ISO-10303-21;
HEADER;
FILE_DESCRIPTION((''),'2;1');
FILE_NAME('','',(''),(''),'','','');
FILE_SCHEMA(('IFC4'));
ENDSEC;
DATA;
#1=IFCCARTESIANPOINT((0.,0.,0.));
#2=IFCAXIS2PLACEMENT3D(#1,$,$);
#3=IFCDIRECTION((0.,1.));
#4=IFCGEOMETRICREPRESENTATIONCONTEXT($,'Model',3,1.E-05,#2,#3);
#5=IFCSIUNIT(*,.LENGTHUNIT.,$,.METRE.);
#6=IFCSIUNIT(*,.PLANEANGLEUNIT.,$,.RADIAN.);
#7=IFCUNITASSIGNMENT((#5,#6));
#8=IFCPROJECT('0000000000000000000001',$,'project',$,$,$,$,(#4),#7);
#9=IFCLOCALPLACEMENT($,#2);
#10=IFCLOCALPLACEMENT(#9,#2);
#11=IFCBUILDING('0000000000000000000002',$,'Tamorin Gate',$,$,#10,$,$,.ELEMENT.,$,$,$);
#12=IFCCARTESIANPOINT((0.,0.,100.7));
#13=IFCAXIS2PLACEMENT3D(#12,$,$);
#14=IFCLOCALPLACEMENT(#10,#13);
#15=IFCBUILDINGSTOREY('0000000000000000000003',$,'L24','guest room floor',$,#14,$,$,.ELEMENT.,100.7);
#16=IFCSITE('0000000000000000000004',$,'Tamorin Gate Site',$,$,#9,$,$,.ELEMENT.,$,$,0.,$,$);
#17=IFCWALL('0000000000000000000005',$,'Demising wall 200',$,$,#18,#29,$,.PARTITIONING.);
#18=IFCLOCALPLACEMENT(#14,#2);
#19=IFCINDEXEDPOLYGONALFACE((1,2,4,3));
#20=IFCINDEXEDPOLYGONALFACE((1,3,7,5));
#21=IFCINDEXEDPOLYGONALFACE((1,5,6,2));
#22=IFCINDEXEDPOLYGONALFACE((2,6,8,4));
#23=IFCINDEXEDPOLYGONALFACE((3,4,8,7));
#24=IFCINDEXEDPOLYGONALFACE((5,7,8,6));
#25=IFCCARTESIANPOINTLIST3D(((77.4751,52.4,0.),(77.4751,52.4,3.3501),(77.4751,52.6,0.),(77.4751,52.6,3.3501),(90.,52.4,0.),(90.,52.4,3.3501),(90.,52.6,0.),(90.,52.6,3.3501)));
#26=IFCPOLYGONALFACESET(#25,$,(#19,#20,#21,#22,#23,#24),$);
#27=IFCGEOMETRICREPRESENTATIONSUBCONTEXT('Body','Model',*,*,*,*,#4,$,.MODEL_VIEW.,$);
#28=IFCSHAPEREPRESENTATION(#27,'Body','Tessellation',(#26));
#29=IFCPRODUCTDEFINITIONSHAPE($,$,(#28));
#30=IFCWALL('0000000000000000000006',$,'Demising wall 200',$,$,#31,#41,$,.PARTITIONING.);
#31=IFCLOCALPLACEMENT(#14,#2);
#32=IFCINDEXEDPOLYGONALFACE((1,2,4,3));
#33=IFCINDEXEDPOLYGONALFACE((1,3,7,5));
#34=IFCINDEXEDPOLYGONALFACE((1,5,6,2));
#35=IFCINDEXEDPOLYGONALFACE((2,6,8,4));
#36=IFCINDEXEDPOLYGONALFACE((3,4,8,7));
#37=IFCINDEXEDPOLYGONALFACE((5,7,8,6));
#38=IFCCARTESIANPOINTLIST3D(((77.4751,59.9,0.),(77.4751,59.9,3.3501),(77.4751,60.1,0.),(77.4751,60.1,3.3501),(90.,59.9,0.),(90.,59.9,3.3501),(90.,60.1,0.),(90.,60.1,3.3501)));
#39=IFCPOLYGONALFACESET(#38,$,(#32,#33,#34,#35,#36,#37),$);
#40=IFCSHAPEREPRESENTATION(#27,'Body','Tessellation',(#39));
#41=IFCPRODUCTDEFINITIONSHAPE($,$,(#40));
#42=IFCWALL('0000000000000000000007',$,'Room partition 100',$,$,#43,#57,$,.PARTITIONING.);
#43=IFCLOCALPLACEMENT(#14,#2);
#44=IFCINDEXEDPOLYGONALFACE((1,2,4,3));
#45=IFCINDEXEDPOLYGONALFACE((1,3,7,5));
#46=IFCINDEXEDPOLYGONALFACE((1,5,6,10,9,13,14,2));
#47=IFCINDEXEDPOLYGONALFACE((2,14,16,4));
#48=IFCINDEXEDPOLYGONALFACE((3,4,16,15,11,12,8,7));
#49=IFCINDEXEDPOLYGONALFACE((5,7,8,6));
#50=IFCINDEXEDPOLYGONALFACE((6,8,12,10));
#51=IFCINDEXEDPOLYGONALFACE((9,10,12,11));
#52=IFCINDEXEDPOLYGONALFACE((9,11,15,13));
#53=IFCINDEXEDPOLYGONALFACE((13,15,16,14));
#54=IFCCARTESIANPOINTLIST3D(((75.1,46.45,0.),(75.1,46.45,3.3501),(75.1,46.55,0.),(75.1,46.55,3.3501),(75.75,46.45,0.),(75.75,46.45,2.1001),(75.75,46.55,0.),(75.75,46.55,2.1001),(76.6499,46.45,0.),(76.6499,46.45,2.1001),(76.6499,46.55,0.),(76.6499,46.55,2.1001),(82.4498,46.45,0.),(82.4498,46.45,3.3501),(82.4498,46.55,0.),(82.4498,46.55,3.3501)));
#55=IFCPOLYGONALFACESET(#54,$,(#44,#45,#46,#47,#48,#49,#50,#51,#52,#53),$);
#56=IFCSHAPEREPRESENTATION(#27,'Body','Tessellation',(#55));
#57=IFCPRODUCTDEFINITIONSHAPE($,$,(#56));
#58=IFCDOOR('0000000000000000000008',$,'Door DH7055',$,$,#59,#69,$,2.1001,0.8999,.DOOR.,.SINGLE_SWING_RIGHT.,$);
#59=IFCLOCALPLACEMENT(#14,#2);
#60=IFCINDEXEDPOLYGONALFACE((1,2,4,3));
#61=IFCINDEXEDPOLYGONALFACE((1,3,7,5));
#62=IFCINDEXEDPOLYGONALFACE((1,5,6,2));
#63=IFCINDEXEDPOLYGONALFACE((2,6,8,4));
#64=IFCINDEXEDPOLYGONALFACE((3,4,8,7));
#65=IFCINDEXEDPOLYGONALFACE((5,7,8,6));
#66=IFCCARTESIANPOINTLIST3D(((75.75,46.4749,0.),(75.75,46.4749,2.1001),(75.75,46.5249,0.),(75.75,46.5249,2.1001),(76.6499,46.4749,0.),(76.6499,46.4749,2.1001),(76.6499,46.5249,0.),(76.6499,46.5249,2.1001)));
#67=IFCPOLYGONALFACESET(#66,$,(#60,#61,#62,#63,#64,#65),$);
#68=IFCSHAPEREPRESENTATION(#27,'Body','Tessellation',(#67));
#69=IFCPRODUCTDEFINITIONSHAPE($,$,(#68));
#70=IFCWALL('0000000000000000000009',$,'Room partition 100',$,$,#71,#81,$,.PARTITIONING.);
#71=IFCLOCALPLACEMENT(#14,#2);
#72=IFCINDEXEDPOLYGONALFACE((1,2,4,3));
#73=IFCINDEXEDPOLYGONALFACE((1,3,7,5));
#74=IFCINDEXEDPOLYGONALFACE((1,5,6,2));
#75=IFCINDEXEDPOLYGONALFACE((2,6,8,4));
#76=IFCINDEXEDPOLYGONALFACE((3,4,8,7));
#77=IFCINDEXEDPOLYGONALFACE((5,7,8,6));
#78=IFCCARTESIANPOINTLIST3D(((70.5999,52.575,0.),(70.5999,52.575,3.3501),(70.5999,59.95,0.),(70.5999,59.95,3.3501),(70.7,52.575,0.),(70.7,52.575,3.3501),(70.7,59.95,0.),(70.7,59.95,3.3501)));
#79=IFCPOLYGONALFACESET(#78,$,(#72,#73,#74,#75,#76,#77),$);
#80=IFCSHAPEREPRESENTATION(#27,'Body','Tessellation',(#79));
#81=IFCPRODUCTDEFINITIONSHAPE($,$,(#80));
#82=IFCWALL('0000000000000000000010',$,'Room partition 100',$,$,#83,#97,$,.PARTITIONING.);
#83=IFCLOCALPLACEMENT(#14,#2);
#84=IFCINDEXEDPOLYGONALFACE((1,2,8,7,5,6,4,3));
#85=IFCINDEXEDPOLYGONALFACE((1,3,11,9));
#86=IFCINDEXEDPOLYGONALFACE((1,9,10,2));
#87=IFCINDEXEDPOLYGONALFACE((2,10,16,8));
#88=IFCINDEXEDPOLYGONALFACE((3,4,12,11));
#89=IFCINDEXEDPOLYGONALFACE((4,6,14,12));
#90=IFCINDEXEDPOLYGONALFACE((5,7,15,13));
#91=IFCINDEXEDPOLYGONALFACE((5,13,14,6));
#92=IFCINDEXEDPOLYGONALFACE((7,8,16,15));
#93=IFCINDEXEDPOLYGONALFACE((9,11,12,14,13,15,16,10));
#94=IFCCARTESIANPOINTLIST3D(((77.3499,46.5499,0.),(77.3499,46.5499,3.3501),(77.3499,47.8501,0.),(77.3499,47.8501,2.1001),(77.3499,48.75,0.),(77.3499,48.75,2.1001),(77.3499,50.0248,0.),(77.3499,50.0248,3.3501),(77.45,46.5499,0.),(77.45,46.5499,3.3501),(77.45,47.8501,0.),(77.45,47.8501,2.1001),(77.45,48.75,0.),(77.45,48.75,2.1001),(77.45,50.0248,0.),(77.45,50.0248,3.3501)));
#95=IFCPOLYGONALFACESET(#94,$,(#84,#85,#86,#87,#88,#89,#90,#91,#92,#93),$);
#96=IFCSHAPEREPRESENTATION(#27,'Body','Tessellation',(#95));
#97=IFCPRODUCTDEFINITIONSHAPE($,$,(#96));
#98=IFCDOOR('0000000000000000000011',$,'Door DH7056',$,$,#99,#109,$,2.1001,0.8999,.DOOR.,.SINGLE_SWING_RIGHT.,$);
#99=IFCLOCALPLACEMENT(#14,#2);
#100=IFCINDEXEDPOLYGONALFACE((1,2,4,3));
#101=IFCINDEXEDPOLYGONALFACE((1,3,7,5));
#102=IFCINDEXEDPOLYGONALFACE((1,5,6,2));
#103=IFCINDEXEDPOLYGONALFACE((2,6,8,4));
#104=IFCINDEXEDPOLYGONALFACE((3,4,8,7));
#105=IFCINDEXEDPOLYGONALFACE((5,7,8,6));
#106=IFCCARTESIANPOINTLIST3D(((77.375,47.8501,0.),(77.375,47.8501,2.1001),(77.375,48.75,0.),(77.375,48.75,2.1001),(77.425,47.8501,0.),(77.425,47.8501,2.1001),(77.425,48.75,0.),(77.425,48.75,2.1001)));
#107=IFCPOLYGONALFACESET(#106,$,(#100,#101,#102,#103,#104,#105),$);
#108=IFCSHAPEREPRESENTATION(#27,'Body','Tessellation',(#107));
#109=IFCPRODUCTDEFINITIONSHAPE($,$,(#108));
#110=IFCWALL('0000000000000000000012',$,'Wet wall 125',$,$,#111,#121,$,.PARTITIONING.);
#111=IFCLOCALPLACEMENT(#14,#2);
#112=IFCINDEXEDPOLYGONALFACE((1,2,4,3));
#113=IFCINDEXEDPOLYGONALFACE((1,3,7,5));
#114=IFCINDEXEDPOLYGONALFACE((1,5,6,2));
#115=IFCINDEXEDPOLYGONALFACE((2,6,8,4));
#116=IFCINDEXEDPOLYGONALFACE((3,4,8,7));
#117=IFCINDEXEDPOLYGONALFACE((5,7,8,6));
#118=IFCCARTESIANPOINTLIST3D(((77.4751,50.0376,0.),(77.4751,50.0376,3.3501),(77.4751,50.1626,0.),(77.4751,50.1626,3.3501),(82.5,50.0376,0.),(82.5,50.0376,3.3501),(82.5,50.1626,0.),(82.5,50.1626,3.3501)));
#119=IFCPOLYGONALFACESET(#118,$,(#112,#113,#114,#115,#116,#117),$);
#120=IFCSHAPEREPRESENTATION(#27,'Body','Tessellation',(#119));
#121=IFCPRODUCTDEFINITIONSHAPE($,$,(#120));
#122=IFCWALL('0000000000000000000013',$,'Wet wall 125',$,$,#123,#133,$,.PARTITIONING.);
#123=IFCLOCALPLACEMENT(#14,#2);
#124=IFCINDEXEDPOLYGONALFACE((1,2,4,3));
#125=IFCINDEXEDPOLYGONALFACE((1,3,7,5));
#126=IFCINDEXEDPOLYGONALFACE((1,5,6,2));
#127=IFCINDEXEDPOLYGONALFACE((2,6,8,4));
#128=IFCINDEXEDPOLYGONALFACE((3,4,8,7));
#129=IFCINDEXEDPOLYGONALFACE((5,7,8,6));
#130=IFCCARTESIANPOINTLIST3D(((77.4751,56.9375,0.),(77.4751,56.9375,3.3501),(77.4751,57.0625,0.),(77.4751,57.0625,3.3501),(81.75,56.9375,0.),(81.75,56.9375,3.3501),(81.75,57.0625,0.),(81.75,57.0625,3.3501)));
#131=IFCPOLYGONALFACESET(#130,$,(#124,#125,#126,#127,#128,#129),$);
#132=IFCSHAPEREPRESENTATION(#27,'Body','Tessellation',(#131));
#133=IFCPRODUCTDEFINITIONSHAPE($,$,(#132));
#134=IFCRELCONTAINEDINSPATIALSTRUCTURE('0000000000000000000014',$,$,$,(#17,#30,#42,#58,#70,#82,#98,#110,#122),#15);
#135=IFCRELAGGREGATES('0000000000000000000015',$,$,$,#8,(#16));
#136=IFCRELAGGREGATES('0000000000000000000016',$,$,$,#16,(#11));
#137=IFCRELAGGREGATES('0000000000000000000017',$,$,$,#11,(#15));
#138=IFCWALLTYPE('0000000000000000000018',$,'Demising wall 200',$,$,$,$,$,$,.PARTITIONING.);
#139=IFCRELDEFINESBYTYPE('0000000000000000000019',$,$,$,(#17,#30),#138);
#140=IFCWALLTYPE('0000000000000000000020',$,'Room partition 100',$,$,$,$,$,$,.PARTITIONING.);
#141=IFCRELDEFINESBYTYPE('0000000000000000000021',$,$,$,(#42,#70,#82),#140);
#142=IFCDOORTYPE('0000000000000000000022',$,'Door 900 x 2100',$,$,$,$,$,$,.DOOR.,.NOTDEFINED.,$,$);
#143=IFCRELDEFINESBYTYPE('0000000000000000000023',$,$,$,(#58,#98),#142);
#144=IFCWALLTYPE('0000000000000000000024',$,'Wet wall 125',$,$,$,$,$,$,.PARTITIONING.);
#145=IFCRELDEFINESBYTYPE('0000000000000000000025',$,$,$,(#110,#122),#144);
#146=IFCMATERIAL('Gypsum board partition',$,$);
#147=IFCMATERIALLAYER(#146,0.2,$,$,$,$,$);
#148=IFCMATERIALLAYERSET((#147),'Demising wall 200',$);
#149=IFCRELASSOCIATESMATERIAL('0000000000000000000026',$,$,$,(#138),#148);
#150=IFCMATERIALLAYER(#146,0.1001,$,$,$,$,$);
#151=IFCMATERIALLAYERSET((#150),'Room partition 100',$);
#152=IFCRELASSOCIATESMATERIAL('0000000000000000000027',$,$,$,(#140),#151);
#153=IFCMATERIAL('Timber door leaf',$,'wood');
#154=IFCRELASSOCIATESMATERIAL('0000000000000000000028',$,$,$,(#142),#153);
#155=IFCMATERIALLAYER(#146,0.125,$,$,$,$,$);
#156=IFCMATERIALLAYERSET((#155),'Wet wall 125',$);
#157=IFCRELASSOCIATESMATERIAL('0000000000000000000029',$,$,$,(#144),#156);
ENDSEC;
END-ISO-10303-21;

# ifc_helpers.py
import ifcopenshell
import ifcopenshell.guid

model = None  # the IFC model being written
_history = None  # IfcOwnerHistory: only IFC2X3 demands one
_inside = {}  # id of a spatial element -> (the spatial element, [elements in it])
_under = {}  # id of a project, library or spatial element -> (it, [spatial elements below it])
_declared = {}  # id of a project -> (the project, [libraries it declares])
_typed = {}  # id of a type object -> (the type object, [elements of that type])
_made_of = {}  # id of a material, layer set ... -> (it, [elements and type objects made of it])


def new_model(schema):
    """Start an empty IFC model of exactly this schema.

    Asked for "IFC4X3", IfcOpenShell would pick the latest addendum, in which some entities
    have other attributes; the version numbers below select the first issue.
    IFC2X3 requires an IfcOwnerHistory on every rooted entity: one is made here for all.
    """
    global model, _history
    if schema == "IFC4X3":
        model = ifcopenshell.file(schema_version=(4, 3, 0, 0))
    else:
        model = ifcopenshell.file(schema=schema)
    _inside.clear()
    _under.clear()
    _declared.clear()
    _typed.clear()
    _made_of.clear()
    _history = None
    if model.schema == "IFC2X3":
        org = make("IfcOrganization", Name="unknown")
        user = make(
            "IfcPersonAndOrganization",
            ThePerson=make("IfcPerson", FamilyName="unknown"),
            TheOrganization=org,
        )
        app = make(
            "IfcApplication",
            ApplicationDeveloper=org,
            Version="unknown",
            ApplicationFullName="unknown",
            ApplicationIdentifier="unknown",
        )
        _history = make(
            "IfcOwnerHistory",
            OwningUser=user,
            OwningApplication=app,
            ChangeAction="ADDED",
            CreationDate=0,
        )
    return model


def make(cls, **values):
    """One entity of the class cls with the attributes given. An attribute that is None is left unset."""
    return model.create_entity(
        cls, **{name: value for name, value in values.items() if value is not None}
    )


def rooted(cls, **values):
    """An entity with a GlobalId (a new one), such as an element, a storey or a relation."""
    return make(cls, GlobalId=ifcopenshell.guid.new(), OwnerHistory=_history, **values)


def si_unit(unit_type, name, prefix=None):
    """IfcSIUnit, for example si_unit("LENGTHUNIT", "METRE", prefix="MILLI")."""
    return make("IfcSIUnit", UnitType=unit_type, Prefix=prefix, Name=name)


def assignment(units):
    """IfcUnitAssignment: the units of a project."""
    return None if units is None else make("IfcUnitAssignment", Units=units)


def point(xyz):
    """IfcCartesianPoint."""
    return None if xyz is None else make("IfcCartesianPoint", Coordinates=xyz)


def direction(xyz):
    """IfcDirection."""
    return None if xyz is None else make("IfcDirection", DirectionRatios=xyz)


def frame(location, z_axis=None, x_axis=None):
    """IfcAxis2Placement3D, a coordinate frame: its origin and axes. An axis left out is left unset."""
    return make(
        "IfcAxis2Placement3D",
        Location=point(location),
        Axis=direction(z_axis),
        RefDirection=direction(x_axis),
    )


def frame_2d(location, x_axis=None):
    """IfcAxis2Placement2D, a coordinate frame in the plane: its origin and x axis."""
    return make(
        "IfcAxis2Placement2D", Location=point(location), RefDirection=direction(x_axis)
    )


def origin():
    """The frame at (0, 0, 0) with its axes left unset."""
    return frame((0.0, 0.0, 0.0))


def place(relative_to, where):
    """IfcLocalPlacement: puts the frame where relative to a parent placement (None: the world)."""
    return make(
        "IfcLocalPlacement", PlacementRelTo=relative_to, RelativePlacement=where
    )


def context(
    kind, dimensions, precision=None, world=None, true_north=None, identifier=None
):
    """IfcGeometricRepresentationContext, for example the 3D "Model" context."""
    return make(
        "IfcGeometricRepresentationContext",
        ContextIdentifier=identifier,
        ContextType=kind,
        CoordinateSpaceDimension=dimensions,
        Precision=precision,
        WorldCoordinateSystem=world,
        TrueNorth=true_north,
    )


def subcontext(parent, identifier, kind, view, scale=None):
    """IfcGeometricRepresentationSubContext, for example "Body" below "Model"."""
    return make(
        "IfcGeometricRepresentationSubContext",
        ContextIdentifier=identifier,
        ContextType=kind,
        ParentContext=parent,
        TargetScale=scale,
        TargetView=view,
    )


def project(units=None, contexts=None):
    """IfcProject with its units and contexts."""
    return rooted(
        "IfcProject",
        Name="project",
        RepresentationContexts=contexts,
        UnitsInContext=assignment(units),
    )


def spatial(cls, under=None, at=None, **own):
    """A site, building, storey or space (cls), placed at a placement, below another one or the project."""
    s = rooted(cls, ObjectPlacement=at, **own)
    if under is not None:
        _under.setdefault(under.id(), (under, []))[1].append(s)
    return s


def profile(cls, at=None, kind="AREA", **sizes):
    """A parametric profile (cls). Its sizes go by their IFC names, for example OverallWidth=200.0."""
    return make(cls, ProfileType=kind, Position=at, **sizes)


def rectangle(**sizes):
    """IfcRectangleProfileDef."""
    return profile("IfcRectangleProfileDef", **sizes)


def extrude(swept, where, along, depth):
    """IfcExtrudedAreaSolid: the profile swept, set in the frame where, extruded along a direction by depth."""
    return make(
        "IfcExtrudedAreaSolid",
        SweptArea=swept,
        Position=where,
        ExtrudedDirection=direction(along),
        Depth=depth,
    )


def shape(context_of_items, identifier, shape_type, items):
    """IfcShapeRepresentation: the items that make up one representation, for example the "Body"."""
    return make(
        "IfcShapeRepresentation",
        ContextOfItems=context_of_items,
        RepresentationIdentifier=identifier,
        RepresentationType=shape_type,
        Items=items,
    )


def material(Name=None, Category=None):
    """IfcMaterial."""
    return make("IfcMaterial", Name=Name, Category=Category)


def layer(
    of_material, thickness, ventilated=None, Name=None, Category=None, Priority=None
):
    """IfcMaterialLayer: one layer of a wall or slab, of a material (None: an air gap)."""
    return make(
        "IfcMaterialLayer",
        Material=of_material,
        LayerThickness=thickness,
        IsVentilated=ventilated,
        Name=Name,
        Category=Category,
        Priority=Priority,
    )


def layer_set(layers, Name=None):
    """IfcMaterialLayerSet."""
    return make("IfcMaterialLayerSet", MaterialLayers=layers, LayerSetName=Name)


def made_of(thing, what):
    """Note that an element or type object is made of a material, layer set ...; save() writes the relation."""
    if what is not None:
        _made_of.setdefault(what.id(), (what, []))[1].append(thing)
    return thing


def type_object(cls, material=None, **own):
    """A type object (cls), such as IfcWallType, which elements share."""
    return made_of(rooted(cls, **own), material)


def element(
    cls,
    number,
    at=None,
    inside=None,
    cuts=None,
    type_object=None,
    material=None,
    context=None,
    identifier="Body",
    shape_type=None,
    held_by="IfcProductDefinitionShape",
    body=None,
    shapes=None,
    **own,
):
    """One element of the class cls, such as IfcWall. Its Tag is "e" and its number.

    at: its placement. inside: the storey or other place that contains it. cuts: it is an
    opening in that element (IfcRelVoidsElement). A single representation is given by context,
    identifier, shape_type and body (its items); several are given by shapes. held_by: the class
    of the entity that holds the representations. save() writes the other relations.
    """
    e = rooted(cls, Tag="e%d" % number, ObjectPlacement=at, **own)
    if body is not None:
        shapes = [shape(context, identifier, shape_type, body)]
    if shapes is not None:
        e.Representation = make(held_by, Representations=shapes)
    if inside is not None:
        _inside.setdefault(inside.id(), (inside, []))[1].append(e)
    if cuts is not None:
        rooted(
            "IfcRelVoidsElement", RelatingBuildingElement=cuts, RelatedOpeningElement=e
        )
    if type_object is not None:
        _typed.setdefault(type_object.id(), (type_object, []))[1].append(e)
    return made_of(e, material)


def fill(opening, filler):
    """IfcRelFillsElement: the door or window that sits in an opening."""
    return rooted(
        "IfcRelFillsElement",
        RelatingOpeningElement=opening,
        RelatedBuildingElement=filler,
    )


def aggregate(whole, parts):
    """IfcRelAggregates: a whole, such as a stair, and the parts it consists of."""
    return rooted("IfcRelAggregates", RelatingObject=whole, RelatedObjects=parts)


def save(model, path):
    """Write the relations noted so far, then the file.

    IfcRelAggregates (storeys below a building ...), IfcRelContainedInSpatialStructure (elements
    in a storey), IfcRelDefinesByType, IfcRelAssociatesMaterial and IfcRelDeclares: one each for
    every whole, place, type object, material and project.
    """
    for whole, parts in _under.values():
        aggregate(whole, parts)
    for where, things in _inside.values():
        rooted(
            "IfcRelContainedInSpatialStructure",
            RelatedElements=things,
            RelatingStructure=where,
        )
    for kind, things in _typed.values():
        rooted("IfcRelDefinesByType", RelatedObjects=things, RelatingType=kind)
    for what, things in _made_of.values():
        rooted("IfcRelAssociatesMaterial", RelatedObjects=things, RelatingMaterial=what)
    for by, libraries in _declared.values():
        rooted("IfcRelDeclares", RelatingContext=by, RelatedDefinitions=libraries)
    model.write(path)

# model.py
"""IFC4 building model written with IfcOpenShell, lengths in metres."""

from ifc_helpers import new_model, si_unit, direction, frame, frame_2d, origin, place, context, subcontext, project, spatial, rectangle, extrude, material, layer, layer_set, type_object, element, fill, save


model = new_model("IFC4")

# Units and contexts
model_context = context("Model", 3, precision=1e-05, world=origin(), true_north=direction((0.0, 1.0)))
body_context = subcontext(model_context, "Body", "Model", "MODEL_VIEW")
ifc_project = project(units=[si_unit("LENGTHUNIT", "METRE"), si_unit("PLANEANGLEUNIT", "RADIAN")], contexts=[model_context])

# Site, building, storey
site_placement = place(None, origin())
site = spatial("IfcSite", under=ifc_project, at=site_placement, Name="Tamorin Gate Site", CompositionType="ELEMENT", RefElevation=0.0)
building_placement = place(site_placement, origin())
building = spatial("IfcBuilding", under=site, at=building_placement, Name="Tamorin Gate", CompositionType="ELEMENT")
storey_placement = place(building_placement, frame((0.0, 0.0, 100.7)))
storey = spatial("IfcBuildingStorey", under=building, at=storey_placement, Name="L24", Description="guest room floor", CompositionType="ELEMENT", Elevation=100.7)

# Shared definitions
ifc_material_1 = material(Name="Gypsum board partition")
ifc_material_2 = material(Name="Timber door leaf", Category="wood")

# Walls
ifc_layer_1 = layer(ifc_material_1, 0.2)
ifc_layer_set_1 = layer_set([ifc_layer_1], Name="Demising wall 200")
wall_type_1 = type_object("IfcWallType", Name="Demising wall 200", PredefinedType="PARTITIONING", material=ifc_layer_set_1)
for number, where, z_axis, x_axis, name in (
    (1, (77.4751, 52.5, 0.0), (0.0, 0.0, 1.0), (1.0, 0.0, 0.0), "Demising wall 200"),
    (2, (77.4751, 60.0, 0.0), (0.0, 0.0, 1.0), (1.0, 0.0, 0.0), "Demising wall 200"),
):
    element("IfcWall", number, at=place(storey_placement, frame(where, z_axis=z_axis, x_axis=x_axis)), inside=storey, type_object=wall_type_1, Name=name, PredefinedType="PARTITIONING", context=body_context, shape_type="SweptSolid", body=[
        extrude(rectangle(XDim=12.5249, YDim=0.2, at=frame_2d((6.2625, 0.0))), origin(), (0.0, 0.0, 1.0), 3.3501),
    ])

# Wall, opening, door
ifc_layer_2 = layer(ifc_material_1, 0.1001)
ifc_layer_set_2 = layer_set([ifc_layer_2], Name="Room partition 100")
wall_type_2 = type_object("IfcWallType", Name="Room partition 100", PredefinedType="PARTITIONING", material=ifc_layer_set_2)
wall_1_placement = place(storey_placement, frame((75.1001, 46.5, 0.0), z_axis=(0.0, 0.0, 1.0), x_axis=(1.0, 0.0, 0.0)))
wall_1 = element("IfcWall", 3, at=wall_1_placement, inside=storey, type_object=wall_type_2, Name="Room partition 100", PredefinedType="PARTITIONING", context=body_context, shape_type="SweptSolid", body=[
    extrude(rectangle(XDim=7.3499, YDim=0.1001, at=frame_2d((3.6748, 0.0))), origin(), (0.0, 0.0, 1.0), 3.3501),
])
opening_1_placement = place(wall_1_placement, frame((0.6499, 0.0, 0.0)))
opening_1 = element("IfcOpeningElement", 4, at=opening_1_placement, cuts=wall_1, PredefinedType="OPENING", context=body_context, shape_type="SweptSolid", body=[
    extrude(rectangle(XDim=0.8999, YDim=2.1001, at=frame_2d((0.45, 1.05))), frame((0.0, 0.0601, 0.0), z_axis=(0.0, -1.0, 0.0), x_axis=(1.0, 0.0, 0.0)), (0.0, 0.0, 1.0), 0.1201),
])
door_type_1 = type_object("IfcDoorType", Name="Door 900 x 2100", OperationType="NOTDEFINED", PredefinedType="DOOR", material=ifc_material_2)
door_1_placement = place(opening_1_placement, origin())
door_1 = element("IfcDoor", 5, at=door_1_placement, inside=storey, type_object=door_type_1, Name="Door DH7055", OperationType="SINGLE_SWING_RIGHT", OverallHeight=2.1001, OverallWidth=0.8999, PredefinedType="DOOR", context=body_context, shape_type="SweptSolid", body=[
    extrude(rectangle(XDim=0.8999, YDim=2.1001, at=frame_2d((0.45, 1.05))), frame((0.0, 0.0249, 0.0), z_axis=(0.0, -1.0, 0.0), x_axis=(1.0, 0.0, 0.0)), (0.0, 0.0, 1.0), 0.05),
])
fill(opening_1, door_1)

# Wall
wall_2_placement = place(storey_placement, frame((70.6499, 52.575, 0.0), z_axis=(0.0, 0.0, 1.0), x_axis=(0.0, 1.0, 0.0)))
element("IfcWall", 6, at=wall_2_placement, inside=storey, type_object=wall_type_2, Name="Room partition 100", PredefinedType="PARTITIONING", context=body_context, shape_type="SweptSolid", body=[
    extrude(rectangle(XDim=7.375, YDim=0.1001, at=frame_2d((3.6875, 0.0))), origin(), (0.0, 0.0, 1.0), 3.3501),
])

# Wall, opening, door
wall_3_placement = place(storey_placement, frame((77.3999, 46.55, 0.0), z_axis=(0.0, 0.0, 1.0), x_axis=(0.0, 1.0, 0.0)))
wall_3 = element("IfcWall", 7, at=wall_3_placement, inside=storey, type_object=wall_type_2, Name="Room partition 100", PredefinedType="PARTITIONING", context=body_context, shape_type="SweptSolid", body=[
    extrude(rectangle(XDim=3.4749, YDim=0.1001, at=frame_2d((1.7373, 0.0))), origin(), (0.0, 0.0, 1.0), 3.3501),
])
opening_2_placement = place(wall_3_placement, frame((1.3, 0.0, 0.0)))
opening_2 = element("IfcOpeningElement", 8, at=opening_2_placement, cuts=wall_3, PredefinedType="OPENING", context=body_context, shape_type="SweptSolid", body=[
    extrude(rectangle(XDim=0.8999, YDim=2.1001, at=frame_2d((0.45, 1.05))), frame((0.0, 0.0601, 0.0), z_axis=(0.0, -1.0, 0.0), x_axis=(1.0, 0.0, 0.0)), (0.0, 0.0, 1.0), 0.1201),
])
door_2_placement = place(opening_2_placement, origin())
door_2 = element("IfcDoor", 9, at=door_2_placement, inside=storey, type_object=door_type_1, Name="Door DH7056", OperationType="SINGLE_SWING_RIGHT", OverallHeight=2.1001, OverallWidth=0.8999, PredefinedType="DOOR", context=body_context, shape_type="SweptSolid", body=[
    extrude(rectangle(XDim=0.8999, YDim=2.1001, at=frame_2d((0.45, 1.05))), frame((0.0, 0.0249, 0.0), z_axis=(0.0, -1.0, 0.0), x_axis=(1.0, 0.0, 0.0)), (0.0, 0.0, 1.0), 0.05),
])
fill(opening_2, door_2)

# Walls
ifc_layer_3 = layer(ifc_material_1, 0.125)
ifc_layer_set_3 = layer_set([ifc_layer_3], Name="Wet wall 125")
wall_type_3 = type_object("IfcWallType", Name="Wet wall 125", PredefinedType="PARTITIONING", material=ifc_layer_set_3)
wall_4_placement = place(storey_placement, frame((77.4751, 50.1001, 0.0), z_axis=(0.0, 0.0, 1.0), x_axis=(1.0, 0.0, 0.0)))
element("IfcWall", 10, at=wall_4_placement, inside=storey, type_object=wall_type_3, Name="Wet wall 125", PredefinedType="PARTITIONING", context=body_context, shape_type="SweptSolid", body=[
    extrude(rectangle(XDim=5.0249, YDim=0.125, at=frame_2d((2.5125, 0.0))), origin(), (0.0, 0.0, 1.0), 3.3501),
])
wall_5_placement = place(storey_placement, frame((77.4751, 57.0, 0.0), z_axis=(0.0, 0.0, 1.0), x_axis=(1.0, 0.0, 0.0)))
element("IfcWall", 11, at=wall_5_placement, inside=storey, type_object=wall_type_3, Name="Wet wall 125", PredefinedType="PARTITIONING", context=body_context, shape_type="SweptSolid", body=[
    extrude(rectangle(XDim=4.2749, YDim=0.125, at=frame_2d((2.1375, 0.0))), origin(), (0.0, 0.0, 1.0), 3.3501),
])

save(model, "model.ifc")
